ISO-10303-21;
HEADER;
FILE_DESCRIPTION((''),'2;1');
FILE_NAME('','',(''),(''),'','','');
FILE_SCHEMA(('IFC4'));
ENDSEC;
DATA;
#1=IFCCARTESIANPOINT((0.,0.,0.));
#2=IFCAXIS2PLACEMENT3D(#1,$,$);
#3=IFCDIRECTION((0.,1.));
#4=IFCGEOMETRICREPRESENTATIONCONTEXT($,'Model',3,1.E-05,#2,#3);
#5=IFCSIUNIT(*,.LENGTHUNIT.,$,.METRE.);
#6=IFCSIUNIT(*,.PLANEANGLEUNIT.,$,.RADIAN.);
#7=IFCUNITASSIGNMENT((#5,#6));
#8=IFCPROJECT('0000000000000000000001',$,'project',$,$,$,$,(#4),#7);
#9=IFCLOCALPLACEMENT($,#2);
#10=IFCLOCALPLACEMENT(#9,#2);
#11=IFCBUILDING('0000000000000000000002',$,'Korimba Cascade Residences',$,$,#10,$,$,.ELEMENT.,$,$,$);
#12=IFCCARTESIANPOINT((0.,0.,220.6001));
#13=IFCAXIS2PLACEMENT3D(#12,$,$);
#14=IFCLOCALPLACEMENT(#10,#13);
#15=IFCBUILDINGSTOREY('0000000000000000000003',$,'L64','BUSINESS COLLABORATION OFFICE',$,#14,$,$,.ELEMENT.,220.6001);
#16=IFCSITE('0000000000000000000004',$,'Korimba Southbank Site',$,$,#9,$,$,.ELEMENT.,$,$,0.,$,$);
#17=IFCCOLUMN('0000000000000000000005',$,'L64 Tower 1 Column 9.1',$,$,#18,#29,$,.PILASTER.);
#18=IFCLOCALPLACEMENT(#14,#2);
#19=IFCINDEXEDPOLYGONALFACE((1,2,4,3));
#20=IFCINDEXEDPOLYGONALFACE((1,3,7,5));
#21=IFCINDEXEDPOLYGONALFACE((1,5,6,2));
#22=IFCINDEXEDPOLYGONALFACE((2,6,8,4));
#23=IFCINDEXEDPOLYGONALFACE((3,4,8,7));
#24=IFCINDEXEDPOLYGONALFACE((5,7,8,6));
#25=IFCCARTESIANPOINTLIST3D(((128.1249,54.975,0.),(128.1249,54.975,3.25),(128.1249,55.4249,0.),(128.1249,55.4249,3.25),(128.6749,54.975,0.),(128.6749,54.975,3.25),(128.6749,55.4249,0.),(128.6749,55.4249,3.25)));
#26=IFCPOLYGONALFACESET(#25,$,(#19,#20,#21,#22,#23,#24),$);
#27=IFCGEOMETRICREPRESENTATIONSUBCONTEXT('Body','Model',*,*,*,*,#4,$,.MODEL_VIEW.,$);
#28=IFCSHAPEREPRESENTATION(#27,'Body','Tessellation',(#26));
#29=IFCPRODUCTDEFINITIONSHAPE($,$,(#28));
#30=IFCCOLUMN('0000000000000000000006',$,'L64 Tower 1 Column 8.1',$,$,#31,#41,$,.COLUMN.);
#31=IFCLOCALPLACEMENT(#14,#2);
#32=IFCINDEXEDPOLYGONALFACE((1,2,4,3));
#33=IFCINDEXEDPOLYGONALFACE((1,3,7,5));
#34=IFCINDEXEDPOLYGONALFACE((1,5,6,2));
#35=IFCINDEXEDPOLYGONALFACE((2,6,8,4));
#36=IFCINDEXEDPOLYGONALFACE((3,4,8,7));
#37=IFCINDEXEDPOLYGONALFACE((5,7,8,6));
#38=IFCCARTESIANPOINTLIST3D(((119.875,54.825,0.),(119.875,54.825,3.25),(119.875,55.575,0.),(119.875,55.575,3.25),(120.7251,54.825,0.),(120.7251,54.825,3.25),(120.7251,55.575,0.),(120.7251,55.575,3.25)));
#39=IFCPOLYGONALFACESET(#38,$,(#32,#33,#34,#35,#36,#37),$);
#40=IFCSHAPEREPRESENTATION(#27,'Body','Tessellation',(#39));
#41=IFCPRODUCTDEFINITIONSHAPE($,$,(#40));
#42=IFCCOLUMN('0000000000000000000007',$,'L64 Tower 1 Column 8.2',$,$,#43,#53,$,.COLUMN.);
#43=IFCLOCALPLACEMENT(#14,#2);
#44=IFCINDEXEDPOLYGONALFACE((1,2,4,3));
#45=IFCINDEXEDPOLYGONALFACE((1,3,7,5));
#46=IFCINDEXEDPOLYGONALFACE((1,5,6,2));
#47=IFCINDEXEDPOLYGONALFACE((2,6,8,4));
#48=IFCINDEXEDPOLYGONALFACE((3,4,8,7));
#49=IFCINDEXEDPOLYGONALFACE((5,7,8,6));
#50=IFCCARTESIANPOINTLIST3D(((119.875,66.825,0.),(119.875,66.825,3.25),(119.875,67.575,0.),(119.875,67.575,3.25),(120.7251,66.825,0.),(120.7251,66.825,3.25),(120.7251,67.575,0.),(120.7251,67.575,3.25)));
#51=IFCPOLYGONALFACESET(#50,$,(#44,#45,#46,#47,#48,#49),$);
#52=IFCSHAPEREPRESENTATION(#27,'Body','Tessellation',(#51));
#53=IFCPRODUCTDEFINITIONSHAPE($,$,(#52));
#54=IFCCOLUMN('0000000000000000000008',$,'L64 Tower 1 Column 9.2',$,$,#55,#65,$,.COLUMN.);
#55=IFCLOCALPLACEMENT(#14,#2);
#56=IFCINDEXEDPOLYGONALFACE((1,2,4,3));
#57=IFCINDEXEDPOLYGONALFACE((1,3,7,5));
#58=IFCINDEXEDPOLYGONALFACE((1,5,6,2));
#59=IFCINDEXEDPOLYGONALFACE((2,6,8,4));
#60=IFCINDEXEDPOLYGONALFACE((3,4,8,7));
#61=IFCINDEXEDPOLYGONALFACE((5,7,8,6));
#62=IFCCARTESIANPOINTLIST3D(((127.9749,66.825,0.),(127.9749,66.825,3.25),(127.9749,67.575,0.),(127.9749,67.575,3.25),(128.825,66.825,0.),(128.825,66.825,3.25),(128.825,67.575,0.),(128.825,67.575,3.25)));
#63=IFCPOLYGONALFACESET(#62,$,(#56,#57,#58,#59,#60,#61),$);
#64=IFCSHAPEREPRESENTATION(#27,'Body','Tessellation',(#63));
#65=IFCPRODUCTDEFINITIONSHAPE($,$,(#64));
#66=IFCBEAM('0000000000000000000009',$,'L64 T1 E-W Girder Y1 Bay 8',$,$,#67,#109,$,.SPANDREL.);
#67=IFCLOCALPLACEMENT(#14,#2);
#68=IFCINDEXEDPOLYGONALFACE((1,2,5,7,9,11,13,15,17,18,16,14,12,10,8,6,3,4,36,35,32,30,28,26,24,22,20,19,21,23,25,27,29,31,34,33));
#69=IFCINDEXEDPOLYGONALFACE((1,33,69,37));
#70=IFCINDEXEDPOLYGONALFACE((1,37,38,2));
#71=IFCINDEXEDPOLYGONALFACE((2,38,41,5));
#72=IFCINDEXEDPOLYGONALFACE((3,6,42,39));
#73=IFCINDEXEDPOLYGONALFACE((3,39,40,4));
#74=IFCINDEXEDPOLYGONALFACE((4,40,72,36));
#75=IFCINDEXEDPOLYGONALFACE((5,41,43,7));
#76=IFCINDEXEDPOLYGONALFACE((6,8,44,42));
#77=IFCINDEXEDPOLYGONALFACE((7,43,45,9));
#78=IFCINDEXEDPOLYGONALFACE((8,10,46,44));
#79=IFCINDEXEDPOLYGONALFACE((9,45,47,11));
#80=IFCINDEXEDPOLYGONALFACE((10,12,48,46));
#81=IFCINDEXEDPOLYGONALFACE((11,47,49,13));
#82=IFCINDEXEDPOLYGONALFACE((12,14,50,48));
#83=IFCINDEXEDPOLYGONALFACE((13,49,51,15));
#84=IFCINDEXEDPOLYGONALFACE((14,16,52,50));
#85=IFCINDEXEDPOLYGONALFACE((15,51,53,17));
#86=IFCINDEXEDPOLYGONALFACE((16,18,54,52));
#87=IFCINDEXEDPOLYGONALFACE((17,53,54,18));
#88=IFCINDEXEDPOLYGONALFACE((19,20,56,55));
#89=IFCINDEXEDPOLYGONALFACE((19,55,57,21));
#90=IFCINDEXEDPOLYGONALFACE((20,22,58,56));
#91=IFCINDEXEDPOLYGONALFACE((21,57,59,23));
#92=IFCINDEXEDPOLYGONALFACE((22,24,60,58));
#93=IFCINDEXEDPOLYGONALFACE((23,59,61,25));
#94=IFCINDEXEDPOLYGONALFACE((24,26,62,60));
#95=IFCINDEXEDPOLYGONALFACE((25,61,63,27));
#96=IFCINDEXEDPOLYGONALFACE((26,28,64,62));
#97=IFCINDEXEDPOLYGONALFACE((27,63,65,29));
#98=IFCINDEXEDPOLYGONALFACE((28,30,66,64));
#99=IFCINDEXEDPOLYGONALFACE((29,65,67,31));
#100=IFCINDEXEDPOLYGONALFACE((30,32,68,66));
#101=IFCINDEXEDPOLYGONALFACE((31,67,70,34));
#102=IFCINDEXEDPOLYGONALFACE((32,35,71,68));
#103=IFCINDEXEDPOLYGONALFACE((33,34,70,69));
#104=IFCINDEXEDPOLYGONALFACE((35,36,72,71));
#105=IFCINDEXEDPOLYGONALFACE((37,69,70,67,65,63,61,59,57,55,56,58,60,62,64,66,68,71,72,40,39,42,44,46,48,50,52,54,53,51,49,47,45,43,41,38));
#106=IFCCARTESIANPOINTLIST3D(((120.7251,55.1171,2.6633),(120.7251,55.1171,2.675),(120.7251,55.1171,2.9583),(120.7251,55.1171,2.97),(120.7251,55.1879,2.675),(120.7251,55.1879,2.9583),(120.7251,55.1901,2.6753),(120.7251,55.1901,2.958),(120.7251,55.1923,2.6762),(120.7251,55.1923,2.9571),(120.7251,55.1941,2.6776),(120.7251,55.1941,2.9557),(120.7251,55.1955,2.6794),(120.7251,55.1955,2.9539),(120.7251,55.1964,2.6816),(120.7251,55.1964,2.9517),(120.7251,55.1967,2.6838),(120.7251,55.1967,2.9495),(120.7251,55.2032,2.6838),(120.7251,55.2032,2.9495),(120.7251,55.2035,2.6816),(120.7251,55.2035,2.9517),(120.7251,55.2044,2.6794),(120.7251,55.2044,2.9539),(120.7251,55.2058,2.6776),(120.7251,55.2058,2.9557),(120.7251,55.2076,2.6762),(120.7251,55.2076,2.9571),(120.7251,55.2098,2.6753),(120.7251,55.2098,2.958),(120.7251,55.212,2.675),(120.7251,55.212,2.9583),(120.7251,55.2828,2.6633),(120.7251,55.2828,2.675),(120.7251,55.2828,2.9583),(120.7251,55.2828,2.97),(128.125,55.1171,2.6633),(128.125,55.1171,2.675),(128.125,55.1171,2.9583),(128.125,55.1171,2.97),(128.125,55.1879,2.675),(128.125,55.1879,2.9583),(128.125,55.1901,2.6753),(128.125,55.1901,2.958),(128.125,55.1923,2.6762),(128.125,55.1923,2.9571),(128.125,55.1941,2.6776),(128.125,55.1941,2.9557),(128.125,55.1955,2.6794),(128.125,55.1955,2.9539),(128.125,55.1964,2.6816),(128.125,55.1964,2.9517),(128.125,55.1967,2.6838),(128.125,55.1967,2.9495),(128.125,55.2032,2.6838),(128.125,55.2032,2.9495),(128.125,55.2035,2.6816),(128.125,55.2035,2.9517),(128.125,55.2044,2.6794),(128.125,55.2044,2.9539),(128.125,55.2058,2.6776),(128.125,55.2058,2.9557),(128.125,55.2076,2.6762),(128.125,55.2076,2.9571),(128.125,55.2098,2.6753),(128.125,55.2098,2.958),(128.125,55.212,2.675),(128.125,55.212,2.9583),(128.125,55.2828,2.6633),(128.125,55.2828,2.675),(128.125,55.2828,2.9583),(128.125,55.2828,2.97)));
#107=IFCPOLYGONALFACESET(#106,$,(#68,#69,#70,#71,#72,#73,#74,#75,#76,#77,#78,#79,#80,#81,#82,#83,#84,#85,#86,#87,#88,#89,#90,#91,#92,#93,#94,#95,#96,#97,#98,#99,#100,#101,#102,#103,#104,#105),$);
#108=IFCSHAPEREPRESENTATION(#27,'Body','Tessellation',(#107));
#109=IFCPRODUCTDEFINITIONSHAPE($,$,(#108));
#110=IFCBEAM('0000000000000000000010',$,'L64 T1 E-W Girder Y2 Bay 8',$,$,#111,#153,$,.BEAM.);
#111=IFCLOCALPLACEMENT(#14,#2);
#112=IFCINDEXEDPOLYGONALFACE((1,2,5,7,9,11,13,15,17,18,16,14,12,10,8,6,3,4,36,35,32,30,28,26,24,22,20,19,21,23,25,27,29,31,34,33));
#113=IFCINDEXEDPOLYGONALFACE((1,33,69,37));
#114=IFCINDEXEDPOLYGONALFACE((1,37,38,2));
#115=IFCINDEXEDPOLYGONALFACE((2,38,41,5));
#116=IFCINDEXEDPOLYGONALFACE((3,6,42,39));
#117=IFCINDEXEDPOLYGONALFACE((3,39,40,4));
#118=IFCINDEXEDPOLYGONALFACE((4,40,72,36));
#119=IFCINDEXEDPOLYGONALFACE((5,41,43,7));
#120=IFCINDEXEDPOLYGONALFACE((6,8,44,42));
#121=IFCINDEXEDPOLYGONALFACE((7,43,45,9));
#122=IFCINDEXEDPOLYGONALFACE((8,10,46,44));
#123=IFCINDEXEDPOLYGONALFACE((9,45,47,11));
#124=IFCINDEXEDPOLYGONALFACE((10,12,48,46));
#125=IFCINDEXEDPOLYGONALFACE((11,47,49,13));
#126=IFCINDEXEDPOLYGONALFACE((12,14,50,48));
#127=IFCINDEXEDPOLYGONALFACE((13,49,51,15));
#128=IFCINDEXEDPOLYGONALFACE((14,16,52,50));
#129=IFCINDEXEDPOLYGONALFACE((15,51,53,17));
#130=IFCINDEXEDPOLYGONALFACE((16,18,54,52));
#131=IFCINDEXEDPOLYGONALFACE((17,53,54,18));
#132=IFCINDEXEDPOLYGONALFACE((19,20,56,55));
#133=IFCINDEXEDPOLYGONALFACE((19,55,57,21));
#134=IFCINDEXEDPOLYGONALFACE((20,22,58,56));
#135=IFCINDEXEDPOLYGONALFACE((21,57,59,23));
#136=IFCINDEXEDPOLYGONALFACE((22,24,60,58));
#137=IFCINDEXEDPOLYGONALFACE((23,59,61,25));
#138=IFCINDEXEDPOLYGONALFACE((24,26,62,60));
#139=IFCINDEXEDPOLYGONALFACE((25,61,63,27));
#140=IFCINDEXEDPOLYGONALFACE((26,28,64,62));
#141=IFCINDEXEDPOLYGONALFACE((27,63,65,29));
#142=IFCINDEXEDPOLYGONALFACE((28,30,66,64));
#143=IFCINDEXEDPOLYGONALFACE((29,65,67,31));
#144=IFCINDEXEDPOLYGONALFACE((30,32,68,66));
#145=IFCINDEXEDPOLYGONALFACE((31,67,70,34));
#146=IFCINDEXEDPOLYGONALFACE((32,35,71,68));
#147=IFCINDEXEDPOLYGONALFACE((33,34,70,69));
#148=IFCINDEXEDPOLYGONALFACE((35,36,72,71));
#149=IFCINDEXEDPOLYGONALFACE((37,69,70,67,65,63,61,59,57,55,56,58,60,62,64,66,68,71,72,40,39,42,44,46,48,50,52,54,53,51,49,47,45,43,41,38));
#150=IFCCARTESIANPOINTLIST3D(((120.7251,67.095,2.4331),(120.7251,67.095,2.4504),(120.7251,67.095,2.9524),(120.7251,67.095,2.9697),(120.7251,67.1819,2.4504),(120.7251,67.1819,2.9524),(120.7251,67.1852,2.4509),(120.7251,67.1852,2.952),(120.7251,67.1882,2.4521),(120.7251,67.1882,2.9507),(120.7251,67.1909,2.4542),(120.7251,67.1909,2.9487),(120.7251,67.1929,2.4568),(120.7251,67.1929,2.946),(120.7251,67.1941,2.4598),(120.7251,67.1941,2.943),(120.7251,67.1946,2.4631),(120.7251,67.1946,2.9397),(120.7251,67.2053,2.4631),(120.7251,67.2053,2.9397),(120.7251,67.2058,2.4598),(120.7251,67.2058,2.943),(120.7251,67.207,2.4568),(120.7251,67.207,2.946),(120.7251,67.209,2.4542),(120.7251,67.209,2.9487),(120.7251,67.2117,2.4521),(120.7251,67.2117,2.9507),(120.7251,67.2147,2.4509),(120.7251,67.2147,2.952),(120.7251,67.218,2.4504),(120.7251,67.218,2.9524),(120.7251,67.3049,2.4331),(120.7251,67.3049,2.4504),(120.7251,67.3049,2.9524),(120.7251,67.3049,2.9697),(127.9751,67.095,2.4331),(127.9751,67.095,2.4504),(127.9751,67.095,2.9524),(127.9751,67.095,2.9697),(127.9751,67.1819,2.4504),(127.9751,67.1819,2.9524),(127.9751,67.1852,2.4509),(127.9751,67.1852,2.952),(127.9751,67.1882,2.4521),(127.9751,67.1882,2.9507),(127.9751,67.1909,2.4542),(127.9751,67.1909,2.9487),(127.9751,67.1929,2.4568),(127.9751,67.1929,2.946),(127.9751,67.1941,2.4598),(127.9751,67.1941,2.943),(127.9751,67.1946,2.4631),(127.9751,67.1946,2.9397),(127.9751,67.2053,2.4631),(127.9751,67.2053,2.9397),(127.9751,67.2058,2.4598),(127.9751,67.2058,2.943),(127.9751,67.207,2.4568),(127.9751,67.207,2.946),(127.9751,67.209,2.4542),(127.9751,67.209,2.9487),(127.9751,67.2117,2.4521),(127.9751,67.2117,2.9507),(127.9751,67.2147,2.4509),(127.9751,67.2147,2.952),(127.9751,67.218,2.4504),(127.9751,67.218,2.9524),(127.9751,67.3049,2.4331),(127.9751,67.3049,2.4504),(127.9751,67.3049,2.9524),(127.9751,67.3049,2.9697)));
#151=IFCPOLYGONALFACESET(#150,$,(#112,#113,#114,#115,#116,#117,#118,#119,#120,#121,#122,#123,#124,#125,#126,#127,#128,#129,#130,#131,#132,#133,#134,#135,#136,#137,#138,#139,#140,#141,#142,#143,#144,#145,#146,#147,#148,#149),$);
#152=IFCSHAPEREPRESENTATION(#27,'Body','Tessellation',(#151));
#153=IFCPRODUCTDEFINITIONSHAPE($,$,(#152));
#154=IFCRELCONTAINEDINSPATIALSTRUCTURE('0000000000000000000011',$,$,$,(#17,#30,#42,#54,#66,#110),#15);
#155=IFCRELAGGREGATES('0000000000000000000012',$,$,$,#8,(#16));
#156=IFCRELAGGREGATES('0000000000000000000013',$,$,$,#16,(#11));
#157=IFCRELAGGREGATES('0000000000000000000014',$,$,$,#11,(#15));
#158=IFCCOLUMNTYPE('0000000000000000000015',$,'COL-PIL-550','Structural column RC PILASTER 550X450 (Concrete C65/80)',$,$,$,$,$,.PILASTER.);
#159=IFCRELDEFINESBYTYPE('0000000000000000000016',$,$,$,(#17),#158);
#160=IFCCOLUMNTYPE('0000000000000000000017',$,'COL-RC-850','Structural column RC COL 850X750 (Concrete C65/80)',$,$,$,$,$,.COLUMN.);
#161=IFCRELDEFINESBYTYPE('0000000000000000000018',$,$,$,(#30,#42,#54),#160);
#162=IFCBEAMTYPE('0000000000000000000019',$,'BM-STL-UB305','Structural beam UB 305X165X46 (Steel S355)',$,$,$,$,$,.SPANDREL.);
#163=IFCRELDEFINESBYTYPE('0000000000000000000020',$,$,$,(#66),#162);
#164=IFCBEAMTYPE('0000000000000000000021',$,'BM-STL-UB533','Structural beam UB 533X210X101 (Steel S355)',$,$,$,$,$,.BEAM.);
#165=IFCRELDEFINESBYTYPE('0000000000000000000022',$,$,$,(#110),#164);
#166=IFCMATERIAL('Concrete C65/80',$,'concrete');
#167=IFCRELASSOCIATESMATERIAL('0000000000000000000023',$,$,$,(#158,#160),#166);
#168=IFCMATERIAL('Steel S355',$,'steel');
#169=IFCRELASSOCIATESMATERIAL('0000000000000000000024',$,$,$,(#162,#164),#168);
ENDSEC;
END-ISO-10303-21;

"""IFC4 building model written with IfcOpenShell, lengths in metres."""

from ifc_helpers import new_model, si_unit, direction, frame, origin, origin_2d, place, context, subcontext, project, spatial, rectangle, i_section, extrude, material, material_profile, profile_set, type_object, element, save


model = new_model("IFC4")

# Units and contexts
model_context = context("Model", 3, precision=1e-05, world=origin(), true_north=direction((0.0, 1.0)))
body_context = subcontext(model_context, "Body", "Model", "MODEL_VIEW")
ifc_project = project(units=[si_unit("LENGTHUNIT", "METRE"), si_unit("PLANEANGLEUNIT", "RADIAN")], contexts=[model_context])

# Site, building, storey
site_placement = place(None, origin())
site = spatial("IfcSite", under=ifc_project, at=site_placement, Name="Korimba Southbank Site", CompositionType="ELEMENT", RefElevation=0.0)
building_placement = place(site_placement, origin())
building = spatial("IfcBuilding", under=site, at=building_placement, Name="Korimba Cascade Residences", CompositionType="ELEMENT")
storey_placement = place(building_placement, frame((0.0, 0.0, 220.6001)))
storey = spatial("IfcBuildingStorey", under=building, at=storey_placement, Name="L64", Description="BUSINESS COLLABORATION OFFICE", CompositionType="ELEMENT", Elevation=220.6001)

# Columns
ifc_material_1 = material(Name="Concrete C65/80", Category="concrete")
ifc_material_profile_1 = material_profile(ifc_material_1, rectangle(XDim=0.55, YDim=0.45, at=origin_2d()), Name="Concrete C65/80")
ifc_profile_set_1 = profile_set([ifc_material_profile_1], Name="Concrete C65/80")
column_type_1 = type_object("IfcColumnType", Name="COL-PIL-550", Description="Structural column RC PILASTER 550X450 (Concrete C65/80)", PredefinedType="PILASTER", material=ifc_profile_set_1)
column_placement = place(storey_placement, frame((128.3999, 55.2, 0.0), z_axis=(0.0, 0.0, 1.0), x_axis=(1.0, 0.0, 0.0)))
element("IfcColumn", 1, at=column_placement, inside=storey, type_object=column_type_1, Name="L64 Tower 1 Column 9.1", PredefinedType="PILASTER", context=body_context, shape_type="SweptSolid", body=[
    extrude(rectangle(XDim=0.55, YDim=0.45, at=origin_2d()), origin(), (0.0, 0.0, 1.0), 3.25),
])
ifc_material_profile_2 = material_profile(ifc_material_1, rectangle(XDim=0.8501, YDim=0.75, at=origin_2d()), Name="Concrete C65/80")
ifc_profile_set_2 = profile_set([ifc_material_profile_2], Name="Concrete C65/80")
column_type_2 = type_object("IfcColumnType", Name="COL-RC-850", Description="Structural column RC COL 850X750 (Concrete C65/80)", PredefinedType="COLUMN", material=ifc_profile_set_2)
for number, where, z_axis, x_axis, name in (
    (2, (120.3, 55.2, 0.0), (0.0, 0.0, 1.0), (1.0, 0.0, 0.0), "L64 Tower 1 Column 8.1"),
    (3, (120.3, 67.2, 0.0), (0.0, 0.0, 1.0), (1.0, 0.0, 0.0), "L64 Tower 1 Column 8.2"),
    (4, (128.3999, 67.2, 0.0), (0.0, 0.0, 1.0), (1.0, 0.0, 0.0), "L64 Tower 1 Column 9.2"),
):
    element("IfcColumn", number, at=place(storey_placement, frame(where, z_axis=z_axis, x_axis=x_axis)), inside=storey, type_object=column_type_2, Name=name, PredefinedType="COLUMN", context=body_context, shape_type="SweptSolid", body=[
        extrude(rectangle(XDim=0.8501, YDim=0.75, at=origin_2d()), origin(), (0.0, 0.0, 1.0), 3.25),
    ])

# Beams
ifc_material_2 = material(Name="Steel S355", Category="steel")
ifc_material_profile_3 = material_profile(ifc_material_2, i_section(OverallWidth=0.1658, OverallDepth=0.3066, WebThickness=0.0066, FlangeThickness=0.0117, FilletRadius=0.0088, at=origin_2d()), Name="Steel S355")
ifc_profile_set_3 = profile_set([ifc_material_profile_3], Name="Steel S355")
beam_type_1 = type_object("IfcBeamType", Name="BM-STL-UB305", Description="Structural beam UB 305X165X46 (Steel S355)", PredefinedType="SPANDREL", material=ifc_profile_set_3)
beam_1_placement = place(storey_placement, frame((120.7251, 55.2, 2.8167), z_axis=(1.0, 0.0, 0.0), x_axis=(0.0, 1.0, 0.0)))
element("IfcBeam", 5, at=beam_1_placement, inside=storey, type_object=beam_type_1, Name="L64 T1 E-W Girder Y1 Bay 8", PredefinedType="SPANDREL", context=body_context, shape_type="SweptSolid", body=[
    extrude(i_section(OverallWidth=0.1658, OverallDepth=0.3066, WebThickness=0.0066, FlangeThickness=0.0117, FilletRadius=0.0088, at=origin_2d()), origin(), (0.0, 0.0, 1.0), 7.3999),
])
ifc_material_profile_4 = material_profile(ifc_material_2, i_section(OverallWidth=0.21, OverallDepth=0.5366, WebThickness=0.0107, FlangeThickness=0.0173, FilletRadius=0.0127, at=origin_2d()), Name="Steel S355")
ifc_profile_set_4 = profile_set([ifc_material_profile_4], Name="Steel S355")
beam_type_2 = type_object("IfcBeamType", Name="BM-STL-UB533", Description="Structural beam UB 533X210X101 (Steel S355)", PredefinedType="BEAM", material=ifc_profile_set_4)
beam_2_placement = place(storey_placement, frame((120.7251, 67.2, 2.7014), z_axis=(1.0, 0.0, 0.0), x_axis=(0.0, 1.0, 0.0)))
element("IfcBeam", 6, at=beam_2_placement, inside=storey, type_object=beam_type_2, Name="L64 T1 E-W Girder Y2 Bay 8", PredefinedType="BEAM", context=body_context, shape_type="SweptSolid", body=[
    extrude(i_section(OverallWidth=0.21, OverallDepth=0.5366, WebThickness=0.0107, FlangeThickness=0.0173, FilletRadius=0.0127, at=origin_2d()), origin(), (0.0, 0.0, 1.0), 7.25),
])

save(model, "model.ifc")
